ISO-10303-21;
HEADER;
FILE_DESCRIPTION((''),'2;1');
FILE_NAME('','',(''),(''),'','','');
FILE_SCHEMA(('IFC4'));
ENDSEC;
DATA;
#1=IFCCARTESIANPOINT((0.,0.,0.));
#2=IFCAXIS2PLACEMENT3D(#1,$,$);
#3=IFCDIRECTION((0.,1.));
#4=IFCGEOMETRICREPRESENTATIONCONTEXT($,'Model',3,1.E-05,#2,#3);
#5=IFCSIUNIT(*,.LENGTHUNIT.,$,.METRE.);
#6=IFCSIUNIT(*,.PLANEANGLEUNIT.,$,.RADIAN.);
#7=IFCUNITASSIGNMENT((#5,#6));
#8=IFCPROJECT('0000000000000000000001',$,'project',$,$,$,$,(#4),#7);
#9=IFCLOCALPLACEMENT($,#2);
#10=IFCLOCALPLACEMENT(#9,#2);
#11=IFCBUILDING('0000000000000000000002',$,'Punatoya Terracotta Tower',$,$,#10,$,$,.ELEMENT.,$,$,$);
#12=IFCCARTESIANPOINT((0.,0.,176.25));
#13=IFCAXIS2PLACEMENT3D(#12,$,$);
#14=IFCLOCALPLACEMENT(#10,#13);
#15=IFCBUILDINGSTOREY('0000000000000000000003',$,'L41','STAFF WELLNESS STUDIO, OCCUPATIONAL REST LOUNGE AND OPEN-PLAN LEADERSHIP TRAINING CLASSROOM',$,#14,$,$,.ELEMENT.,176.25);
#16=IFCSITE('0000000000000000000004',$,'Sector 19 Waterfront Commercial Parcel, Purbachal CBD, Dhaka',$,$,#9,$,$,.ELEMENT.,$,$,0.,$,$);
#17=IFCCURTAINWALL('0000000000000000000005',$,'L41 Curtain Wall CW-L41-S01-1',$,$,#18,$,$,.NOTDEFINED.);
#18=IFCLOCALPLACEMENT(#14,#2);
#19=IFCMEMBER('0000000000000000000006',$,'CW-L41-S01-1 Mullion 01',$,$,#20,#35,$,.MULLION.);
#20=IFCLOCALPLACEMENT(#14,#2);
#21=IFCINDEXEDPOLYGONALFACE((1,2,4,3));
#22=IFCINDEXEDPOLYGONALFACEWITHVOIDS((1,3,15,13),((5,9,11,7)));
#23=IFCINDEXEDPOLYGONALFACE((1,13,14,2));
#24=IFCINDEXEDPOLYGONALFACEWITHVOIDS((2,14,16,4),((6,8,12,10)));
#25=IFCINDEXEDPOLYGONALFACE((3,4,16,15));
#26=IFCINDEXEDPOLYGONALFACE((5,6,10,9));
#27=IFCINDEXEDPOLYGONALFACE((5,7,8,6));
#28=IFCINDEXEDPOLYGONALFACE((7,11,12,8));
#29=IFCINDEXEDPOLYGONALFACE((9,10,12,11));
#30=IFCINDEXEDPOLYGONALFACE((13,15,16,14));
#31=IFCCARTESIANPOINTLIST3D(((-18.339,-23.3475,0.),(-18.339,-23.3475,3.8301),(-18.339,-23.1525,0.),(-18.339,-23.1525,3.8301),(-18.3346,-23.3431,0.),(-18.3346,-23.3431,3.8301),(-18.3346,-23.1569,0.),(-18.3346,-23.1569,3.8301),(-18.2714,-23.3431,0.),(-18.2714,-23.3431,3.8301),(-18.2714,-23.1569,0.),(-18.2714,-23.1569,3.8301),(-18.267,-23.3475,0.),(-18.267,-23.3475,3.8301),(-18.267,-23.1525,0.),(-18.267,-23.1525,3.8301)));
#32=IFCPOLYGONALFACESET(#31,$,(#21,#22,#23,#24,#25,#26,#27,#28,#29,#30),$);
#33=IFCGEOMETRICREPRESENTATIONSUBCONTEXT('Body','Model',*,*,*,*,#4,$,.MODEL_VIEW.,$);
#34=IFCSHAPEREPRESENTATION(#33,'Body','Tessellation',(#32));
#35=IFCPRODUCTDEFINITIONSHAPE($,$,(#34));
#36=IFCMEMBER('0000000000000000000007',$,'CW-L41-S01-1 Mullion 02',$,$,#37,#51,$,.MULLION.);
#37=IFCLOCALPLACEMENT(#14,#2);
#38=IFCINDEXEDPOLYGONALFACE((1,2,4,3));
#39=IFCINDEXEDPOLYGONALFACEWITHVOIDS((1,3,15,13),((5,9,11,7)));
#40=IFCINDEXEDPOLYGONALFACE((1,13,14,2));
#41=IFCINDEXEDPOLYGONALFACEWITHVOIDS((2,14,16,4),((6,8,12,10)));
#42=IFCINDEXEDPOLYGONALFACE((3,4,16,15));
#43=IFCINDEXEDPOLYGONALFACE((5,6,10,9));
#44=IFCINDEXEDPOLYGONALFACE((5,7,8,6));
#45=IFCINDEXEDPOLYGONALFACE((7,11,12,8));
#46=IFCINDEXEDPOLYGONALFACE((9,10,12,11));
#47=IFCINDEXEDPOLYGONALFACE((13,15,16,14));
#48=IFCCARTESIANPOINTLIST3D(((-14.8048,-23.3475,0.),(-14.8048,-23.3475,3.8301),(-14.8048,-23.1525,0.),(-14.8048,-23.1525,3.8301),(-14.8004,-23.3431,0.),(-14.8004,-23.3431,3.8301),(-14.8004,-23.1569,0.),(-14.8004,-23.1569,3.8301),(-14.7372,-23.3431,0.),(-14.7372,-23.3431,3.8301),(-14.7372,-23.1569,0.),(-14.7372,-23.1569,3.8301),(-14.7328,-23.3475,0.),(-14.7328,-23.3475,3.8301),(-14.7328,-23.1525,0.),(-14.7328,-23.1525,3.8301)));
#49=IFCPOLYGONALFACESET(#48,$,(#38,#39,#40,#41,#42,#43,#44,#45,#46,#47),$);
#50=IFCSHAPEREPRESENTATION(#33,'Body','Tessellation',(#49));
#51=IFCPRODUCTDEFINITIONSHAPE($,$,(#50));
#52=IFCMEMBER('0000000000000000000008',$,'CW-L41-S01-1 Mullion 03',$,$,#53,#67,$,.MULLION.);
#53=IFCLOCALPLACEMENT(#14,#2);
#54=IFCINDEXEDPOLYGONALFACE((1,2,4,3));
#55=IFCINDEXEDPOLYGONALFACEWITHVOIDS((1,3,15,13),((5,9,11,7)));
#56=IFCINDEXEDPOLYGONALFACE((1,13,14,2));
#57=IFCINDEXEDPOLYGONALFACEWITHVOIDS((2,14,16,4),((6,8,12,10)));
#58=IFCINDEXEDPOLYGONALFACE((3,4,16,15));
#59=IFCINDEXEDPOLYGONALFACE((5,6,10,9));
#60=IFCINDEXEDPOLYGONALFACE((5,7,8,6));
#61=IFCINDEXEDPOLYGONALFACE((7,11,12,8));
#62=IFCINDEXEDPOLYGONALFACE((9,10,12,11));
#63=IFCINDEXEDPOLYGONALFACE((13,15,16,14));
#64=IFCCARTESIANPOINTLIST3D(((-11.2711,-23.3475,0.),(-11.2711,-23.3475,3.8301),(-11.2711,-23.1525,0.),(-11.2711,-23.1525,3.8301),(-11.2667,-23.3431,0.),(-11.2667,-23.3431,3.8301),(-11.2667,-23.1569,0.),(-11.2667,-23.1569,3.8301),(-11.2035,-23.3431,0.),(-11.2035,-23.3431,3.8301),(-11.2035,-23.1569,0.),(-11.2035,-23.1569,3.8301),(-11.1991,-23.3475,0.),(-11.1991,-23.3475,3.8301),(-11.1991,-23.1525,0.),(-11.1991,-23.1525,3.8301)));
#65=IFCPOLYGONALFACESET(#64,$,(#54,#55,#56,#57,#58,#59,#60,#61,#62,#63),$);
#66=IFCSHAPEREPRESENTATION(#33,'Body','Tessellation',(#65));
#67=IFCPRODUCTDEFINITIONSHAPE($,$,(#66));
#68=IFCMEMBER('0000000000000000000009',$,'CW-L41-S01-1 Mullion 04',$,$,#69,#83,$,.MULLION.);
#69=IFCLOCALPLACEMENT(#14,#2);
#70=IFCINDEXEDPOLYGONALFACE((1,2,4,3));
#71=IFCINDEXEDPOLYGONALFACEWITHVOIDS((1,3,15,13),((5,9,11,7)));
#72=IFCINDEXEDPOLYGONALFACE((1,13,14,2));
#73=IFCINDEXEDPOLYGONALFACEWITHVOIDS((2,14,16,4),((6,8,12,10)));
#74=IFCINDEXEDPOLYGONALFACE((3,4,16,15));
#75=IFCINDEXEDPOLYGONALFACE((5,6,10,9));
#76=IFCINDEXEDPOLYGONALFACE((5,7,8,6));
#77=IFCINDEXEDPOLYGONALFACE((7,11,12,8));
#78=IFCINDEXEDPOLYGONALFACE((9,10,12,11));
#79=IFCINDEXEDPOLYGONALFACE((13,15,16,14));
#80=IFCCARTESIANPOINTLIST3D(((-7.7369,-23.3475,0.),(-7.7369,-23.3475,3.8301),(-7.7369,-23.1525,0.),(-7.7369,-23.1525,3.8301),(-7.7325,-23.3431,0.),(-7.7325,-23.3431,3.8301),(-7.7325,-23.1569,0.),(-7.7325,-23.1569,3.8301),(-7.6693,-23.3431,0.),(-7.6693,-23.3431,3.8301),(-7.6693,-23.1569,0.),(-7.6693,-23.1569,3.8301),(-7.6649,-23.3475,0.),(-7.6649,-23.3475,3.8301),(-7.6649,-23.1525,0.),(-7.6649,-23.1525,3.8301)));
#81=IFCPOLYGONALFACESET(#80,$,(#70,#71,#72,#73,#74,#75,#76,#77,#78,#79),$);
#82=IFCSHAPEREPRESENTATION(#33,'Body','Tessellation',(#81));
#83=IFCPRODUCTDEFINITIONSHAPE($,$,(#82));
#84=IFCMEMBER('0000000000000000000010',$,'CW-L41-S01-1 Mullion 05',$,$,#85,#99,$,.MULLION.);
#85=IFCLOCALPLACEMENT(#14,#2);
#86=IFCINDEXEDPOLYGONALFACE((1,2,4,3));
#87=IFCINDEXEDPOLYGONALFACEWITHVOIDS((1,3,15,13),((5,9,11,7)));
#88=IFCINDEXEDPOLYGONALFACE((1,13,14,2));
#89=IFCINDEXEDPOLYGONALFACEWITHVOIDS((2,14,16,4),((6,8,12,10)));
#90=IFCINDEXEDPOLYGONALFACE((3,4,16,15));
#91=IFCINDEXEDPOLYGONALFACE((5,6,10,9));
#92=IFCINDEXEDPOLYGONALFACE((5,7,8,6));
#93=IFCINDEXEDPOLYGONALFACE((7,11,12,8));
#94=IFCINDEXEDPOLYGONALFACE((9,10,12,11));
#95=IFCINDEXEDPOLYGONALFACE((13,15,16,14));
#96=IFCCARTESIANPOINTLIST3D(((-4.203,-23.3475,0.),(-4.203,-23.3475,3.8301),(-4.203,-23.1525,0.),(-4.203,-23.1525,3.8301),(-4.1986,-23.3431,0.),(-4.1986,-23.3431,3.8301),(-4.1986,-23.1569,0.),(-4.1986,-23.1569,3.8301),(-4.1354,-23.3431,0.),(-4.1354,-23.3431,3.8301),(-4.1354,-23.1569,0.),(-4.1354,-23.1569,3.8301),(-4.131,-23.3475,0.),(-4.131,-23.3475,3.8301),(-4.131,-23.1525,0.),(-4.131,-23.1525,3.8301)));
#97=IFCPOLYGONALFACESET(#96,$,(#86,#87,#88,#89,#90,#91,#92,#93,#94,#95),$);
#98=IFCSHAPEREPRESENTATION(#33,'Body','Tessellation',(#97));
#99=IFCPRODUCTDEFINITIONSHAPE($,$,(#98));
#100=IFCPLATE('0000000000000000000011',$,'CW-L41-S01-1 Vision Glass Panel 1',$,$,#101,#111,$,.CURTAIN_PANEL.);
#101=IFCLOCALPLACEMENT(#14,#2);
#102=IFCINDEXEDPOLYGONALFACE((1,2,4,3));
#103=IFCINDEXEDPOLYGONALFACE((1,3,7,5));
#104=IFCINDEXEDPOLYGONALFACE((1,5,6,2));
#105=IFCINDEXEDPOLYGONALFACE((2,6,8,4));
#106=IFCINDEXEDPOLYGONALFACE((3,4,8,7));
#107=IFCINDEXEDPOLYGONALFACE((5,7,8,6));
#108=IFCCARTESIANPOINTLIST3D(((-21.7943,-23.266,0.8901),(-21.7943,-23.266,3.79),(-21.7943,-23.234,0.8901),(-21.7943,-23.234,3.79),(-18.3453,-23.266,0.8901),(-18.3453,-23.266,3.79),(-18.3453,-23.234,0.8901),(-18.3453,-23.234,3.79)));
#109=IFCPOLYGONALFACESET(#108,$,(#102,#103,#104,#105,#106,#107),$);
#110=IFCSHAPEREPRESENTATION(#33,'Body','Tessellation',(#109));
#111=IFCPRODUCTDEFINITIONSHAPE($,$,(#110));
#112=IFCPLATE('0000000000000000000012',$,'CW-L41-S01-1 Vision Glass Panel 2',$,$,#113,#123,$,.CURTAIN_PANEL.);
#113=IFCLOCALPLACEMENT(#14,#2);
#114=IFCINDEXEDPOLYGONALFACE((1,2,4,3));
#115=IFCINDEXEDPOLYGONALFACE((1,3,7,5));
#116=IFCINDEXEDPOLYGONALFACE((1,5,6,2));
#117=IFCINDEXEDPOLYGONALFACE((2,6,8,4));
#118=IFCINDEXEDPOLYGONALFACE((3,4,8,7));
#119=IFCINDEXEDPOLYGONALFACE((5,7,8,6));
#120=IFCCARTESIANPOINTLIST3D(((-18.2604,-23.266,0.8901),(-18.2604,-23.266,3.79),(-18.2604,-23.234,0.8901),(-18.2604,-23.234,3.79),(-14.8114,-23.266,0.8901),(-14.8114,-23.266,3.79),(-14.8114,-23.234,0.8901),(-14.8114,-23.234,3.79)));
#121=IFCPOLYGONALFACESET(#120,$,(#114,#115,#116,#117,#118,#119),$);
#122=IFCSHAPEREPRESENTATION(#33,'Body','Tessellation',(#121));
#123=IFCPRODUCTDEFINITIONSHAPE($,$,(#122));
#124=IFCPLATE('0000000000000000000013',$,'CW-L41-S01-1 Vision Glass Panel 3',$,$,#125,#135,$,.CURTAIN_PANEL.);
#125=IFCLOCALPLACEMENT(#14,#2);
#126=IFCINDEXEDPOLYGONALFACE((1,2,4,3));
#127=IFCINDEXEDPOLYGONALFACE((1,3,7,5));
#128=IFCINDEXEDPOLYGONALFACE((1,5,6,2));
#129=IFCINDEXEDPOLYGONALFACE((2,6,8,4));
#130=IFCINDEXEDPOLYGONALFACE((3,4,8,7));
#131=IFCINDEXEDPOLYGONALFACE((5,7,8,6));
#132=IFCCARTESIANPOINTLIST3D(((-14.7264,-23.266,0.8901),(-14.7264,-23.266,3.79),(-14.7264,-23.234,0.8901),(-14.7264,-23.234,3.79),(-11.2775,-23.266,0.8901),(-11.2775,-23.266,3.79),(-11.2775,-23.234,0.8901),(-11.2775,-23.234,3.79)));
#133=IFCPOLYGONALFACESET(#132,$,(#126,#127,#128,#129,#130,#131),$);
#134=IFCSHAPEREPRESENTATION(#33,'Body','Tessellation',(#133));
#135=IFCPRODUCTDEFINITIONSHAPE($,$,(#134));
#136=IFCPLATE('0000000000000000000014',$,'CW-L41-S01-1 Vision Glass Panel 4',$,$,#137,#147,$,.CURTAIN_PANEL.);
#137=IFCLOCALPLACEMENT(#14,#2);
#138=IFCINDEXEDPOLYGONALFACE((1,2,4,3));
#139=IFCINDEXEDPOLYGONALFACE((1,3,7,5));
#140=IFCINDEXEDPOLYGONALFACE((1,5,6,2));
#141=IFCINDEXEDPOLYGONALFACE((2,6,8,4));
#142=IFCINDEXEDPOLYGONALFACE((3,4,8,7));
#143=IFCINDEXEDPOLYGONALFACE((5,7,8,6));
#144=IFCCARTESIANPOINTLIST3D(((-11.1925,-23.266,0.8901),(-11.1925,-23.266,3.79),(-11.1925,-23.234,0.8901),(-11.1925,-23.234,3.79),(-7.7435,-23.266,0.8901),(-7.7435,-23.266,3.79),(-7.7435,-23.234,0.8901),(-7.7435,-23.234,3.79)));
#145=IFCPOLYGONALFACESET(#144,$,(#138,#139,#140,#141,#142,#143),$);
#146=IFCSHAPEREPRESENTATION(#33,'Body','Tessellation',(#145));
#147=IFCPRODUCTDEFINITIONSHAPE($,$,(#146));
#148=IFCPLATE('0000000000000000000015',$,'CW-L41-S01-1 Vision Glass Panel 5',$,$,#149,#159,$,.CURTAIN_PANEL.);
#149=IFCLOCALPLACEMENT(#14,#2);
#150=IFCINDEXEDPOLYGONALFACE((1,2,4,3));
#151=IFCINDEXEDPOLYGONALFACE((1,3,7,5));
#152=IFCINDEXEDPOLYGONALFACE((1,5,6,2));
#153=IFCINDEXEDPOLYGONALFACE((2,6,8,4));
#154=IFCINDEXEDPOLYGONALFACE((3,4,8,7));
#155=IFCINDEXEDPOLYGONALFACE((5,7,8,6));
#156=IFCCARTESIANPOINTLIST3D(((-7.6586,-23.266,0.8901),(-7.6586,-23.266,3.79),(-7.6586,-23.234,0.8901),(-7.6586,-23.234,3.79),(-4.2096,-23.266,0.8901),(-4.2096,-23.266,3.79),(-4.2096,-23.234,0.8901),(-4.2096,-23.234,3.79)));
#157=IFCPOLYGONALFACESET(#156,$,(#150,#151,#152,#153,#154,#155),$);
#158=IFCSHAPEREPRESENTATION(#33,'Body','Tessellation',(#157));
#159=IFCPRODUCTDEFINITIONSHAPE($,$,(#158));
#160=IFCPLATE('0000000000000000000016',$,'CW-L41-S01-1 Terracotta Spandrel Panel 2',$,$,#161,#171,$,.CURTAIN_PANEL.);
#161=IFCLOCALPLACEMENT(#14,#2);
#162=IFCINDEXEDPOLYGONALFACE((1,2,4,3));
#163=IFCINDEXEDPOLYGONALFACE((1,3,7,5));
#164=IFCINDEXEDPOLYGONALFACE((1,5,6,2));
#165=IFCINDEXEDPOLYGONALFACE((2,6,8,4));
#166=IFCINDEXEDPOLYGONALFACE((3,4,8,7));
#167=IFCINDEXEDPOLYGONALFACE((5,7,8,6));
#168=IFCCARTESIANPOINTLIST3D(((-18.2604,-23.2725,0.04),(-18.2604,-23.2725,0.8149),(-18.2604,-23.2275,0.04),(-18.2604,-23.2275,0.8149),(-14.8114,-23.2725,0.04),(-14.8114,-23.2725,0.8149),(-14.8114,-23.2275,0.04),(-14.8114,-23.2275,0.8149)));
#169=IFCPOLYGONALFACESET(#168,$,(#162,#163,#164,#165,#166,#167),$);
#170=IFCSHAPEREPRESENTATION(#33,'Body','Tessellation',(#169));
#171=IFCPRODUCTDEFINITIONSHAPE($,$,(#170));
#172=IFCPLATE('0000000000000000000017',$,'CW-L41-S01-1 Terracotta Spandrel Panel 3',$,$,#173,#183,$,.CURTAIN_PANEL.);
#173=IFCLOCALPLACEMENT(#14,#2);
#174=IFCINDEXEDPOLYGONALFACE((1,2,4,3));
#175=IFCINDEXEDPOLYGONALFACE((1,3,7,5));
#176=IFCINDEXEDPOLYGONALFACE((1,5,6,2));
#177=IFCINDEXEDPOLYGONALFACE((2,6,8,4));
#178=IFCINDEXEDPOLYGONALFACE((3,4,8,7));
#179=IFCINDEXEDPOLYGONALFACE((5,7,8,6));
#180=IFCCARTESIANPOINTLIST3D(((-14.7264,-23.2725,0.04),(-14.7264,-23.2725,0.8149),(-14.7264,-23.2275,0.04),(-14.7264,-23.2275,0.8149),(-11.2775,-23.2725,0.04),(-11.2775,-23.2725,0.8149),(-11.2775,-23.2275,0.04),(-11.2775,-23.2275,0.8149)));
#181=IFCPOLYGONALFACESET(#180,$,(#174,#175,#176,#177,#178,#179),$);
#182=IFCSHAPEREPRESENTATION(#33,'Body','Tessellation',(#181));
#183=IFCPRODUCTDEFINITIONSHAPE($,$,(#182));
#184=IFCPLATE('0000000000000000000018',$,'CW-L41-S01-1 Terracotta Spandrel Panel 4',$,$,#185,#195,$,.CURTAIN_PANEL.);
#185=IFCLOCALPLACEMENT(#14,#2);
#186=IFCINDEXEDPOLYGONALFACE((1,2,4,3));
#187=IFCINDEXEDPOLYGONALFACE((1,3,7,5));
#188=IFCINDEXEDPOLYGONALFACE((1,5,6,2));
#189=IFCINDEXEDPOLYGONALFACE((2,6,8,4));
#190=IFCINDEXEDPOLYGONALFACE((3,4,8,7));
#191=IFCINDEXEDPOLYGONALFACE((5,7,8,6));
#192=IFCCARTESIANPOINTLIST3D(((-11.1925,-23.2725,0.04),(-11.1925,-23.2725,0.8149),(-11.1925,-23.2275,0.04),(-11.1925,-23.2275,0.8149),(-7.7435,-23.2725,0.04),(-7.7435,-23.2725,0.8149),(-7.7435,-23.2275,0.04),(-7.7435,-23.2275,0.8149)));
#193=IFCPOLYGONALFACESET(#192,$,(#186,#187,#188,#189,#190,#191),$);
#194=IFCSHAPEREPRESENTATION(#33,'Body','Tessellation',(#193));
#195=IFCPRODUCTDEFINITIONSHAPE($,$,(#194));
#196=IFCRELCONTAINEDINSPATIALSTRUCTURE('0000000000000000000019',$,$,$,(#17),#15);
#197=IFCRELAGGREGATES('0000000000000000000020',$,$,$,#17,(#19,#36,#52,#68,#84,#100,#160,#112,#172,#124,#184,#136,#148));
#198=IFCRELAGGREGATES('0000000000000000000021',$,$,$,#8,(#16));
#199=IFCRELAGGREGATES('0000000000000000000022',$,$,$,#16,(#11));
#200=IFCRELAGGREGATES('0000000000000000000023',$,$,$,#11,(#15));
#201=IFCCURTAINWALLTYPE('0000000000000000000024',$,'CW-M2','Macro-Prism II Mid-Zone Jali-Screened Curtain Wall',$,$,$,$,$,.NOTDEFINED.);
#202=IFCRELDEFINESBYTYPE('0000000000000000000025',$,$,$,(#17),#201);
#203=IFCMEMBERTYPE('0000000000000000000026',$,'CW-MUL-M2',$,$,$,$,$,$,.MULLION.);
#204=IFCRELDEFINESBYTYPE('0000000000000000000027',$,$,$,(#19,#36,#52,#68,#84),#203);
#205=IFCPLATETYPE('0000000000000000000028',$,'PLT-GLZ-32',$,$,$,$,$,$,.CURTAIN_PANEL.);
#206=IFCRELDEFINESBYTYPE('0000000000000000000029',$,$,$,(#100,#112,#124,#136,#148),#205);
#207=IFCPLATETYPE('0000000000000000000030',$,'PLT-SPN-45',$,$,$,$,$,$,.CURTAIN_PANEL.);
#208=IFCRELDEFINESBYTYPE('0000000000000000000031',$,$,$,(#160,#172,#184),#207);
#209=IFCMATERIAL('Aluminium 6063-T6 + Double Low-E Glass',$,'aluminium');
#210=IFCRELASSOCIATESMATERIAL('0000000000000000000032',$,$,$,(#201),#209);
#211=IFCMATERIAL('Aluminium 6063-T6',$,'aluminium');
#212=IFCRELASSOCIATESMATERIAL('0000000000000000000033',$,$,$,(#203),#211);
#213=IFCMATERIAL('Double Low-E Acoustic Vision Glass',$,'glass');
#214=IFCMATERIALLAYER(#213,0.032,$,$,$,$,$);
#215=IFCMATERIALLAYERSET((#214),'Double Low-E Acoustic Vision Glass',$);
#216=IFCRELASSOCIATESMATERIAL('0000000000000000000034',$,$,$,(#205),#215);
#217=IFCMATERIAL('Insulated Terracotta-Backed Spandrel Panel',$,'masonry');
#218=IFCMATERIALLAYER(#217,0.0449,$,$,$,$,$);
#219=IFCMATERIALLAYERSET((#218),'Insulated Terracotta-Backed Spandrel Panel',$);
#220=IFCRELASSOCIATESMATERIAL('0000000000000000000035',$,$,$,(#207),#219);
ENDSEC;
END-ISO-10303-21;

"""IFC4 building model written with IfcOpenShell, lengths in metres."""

from ifc_helpers import new_model, si_unit, direction, frame, origin, origin_2d, place, context, subcontext, project, spatial, rectangle, hollow_rectangle, extrude, material, layer, layer_set, material_profile, profile_set, type_object, element, aggregate, save


model = new_model("IFC4")

# Units and contexts
model_context = context("Model", 3, precision=1e-05, world=origin(), true_north=direction((0.0, 1.0)))
body_context = subcontext(model_context, "Body", "Model", "MODEL_VIEW")
ifc_project = project(units=[si_unit("LENGTHUNIT", "METRE"), si_unit("PLANEANGLEUNIT", "RADIAN")], contexts=[model_context])

# Site, building, storey
site_placement = place(None, origin())
site = spatial("IfcSite", under=ifc_project, at=site_placement, Name="Sector 19 Waterfront Commercial Parcel, Purbachal CBD, Dhaka", CompositionType="ELEMENT", RefElevation=0.0)
building_placement = place(site_placement, origin())
building = spatial("IfcBuilding", under=site, at=building_placement, Name="Punatoya Terracotta Tower", CompositionType="ELEMENT")
storey_placement = place(building_placement, frame((0.0, 0.0, 176.25)))
storey = spatial("IfcBuildingStorey", under=building, at=storey_placement, Name="L41", Description="STAFF WELLNESS STUDIO, OCCUPATIONAL REST LOUNGE AND OPEN-PLAN LEADERSHIP TRAINING CLASSROOM", CompositionType="ELEMENT", Elevation=176.25)

# Curtain wall, members, plates
ifc_material_1 = material(Name="Aluminium 6063-T6 + Double Low-E Glass", Category="aluminium")
curtain_wall_type = type_object("IfcCurtainWallType", Name="CW-M2", Description="Macro-Prism II Mid-Zone Jali-Screened Curtain Wall", PredefinedType="NOTDEFINED", material=ifc_material_1)
curtain_wall_placement = place(storey_placement, origin())
curtain_wall = element("IfcCurtainWall", 1, at=curtain_wall_placement, inside=storey, type_object=curtain_wall_type, Name="L41 Curtain Wall CW-L41-S01-1", PredefinedType="NOTDEFINED")
ifc_material_2 = material(Name="Aluminium 6063-T6", Category="aluminium")
ifc_material_profile_1 = material_profile(ifc_material_2, hollow_rectangle(XDim=0.072, YDim=0.1951, WallThickness=0.0044, at=origin_2d()))
ifc_profile_set_1 = profile_set([ifc_material_profile_1], Name="Aluminium 6063-T6")
member_type = type_object("IfcMemberType", Name="CW-MUL-M2", PredefinedType="MULLION", material=ifc_profile_set_1)
member_1_placement = place(storey_placement, frame((-18.303, -23.25, 0.0), z_axis=(0.0, 0.0, 1.0), x_axis=(1.0, 0.0, 0.0)))
member_1 = element("IfcMember", 2, at=member_1_placement, type_object=member_type, Name="CW-L41-S01-1 Mullion 01", PredefinedType="MULLION", context=body_context, shape_type="SweptSolid", body=[
    extrude(hollow_rectangle(XDim=0.072, YDim=0.1951, WallThickness=0.0044, at=origin_2d()), origin(), (0.0, 0.0, 1.0), 3.8301),
])
member_2_placement = place(storey_placement, frame((-14.7688, -23.25, 0.0), z_axis=(0.0, 0.0, 1.0), x_axis=(1.0, 0.0, 0.0)))
member_2 = element("IfcMember", 3, at=member_2_placement, type_object=member_type, Name="CW-L41-S01-1 Mullion 02", PredefinedType="MULLION", context=body_context, shape_type="SweptSolid", body=[
    extrude(hollow_rectangle(XDim=0.072, YDim=0.1951, WallThickness=0.0044, at=origin_2d()), origin(), (0.0, 0.0, 1.0), 3.8301),
])
member_3_placement = place(storey_placement, frame((-11.2351, -23.25, 0.0), z_axis=(0.0, 0.0, 1.0), x_axis=(1.0, 0.0, 0.0)))
member_3 = element("IfcMember", 4, at=member_3_placement, type_object=member_type, Name="CW-L41-S01-1 Mullion 03", PredefinedType="MULLION", context=body_context, shape_type="SweptSolid", body=[
    extrude(hollow_rectangle(XDim=0.072, YDim=0.1951, WallThickness=0.0044, at=origin_2d()), origin(), (0.0, 0.0, 1.0), 3.8301),
])
member_4_placement = place(storey_placement, frame((-7.7009, -23.25, 0.0), z_axis=(0.0, 0.0, 1.0), x_axis=(1.0, 0.0, 0.0)))
member_4 = element("IfcMember", 5, at=member_4_placement, type_object=member_type, Name="CW-L41-S01-1 Mullion 04", PredefinedType="MULLION", context=body_context, shape_type="SweptSolid", body=[
    extrude(hollow_rectangle(XDim=0.072, YDim=0.1951, WallThickness=0.0044, at=origin_2d()), origin(), (0.0, 0.0, 1.0), 3.8301),
])
member_5_placement = place(storey_placement, frame((-4.167, -23.25, 0.0), z_axis=(0.0, 0.0, 1.0), x_axis=(1.0, 0.0, 0.0)))
member_5 = element("IfcMember", 6, at=member_5_placement, type_object=member_type, Name="CW-L41-S01-1 Mullion 05", PredefinedType="MULLION", context=body_context, shape_type="SweptSolid", body=[
    extrude(hollow_rectangle(XDim=0.072, YDim=0.1951, WallThickness=0.0044, at=origin_2d()), origin(), (0.0, 0.0, 1.0), 3.8301),
])
ifc_material_3 = material(Name="Double Low-E Acoustic Vision Glass", Category="glass")
ifc_layer_1 = layer(ifc_material_3, 0.032)
ifc_layer_set_1 = layer_set([ifc_layer_1], Name="Double Low-E Acoustic Vision Glass")
plate_type_1 = type_object("IfcPlateType", Name="PLT-GLZ-32", PredefinedType="CURTAIN_PANEL", material=ifc_layer_set_1)
plate_1_placement = place(storey_placement, frame((-20.0698, -23.25, 0.8901), z_axis=(0.0, 0.0, 1.0), x_axis=(1.0, 0.0, 0.0)))
plate_1 = element("IfcPlate", 7, at=plate_1_placement, type_object=plate_type_1, Name="CW-L41-S01-1 Vision Glass Panel 1", PredefinedType="CURTAIN_PANEL", context=body_context, shape_type="SweptSolid", body=[
    extrude(rectangle(XDim=3.449, YDim=0.032, at=origin_2d()), origin(), (0.0, 0.0, 1.0), 2.8999),
])
plate_2_placement = place(storey_placement, frame((-16.5359, -23.25, 0.8901), z_axis=(0.0, 0.0, 1.0), x_axis=(1.0, 0.0, 0.0)))
plate_2 = element("IfcPlate", 8, at=plate_2_placement, type_object=plate_type_1, Name="CW-L41-S01-1 Vision Glass Panel 2", PredefinedType="CURTAIN_PANEL", context=body_context, shape_type="SweptSolid", body=[
    extrude(rectangle(XDim=3.449, YDim=0.032, at=origin_2d()), origin(), (0.0, 0.0, 1.0), 2.8999),
])
plate_3_placement = place(storey_placement, frame((-13.002, -23.25, 0.8901), z_axis=(0.0, 0.0, 1.0), x_axis=(1.0, 0.0, 0.0)))
plate_3 = element("IfcPlate", 9, at=plate_3_placement, type_object=plate_type_1, Name="CW-L41-S01-1 Vision Glass Panel 3", PredefinedType="CURTAIN_PANEL", context=body_context, shape_type="SweptSolid", body=[
    extrude(rectangle(XDim=3.449, YDim=0.032, at=origin_2d()), origin(), (0.0, 0.0, 1.0), 2.8999),
])
plate_4_placement = place(storey_placement, frame((-9.468, -23.25, 0.8901), z_axis=(0.0, 0.0, 1.0), x_axis=(1.0, 0.0, 0.0)))
plate_4 = element("IfcPlate", 10, at=plate_4_placement, type_object=plate_type_1, Name="CW-L41-S01-1 Vision Glass Panel 4", PredefinedType="CURTAIN_PANEL", context=body_context, shape_type="SweptSolid", body=[
    extrude(rectangle(XDim=3.449, YDim=0.032, at=origin_2d()), origin(), (0.0, 0.0, 1.0), 2.8999),
])
plate_5_placement = place(storey_placement, frame((-5.9341, -23.25, 0.8901), z_axis=(0.0, 0.0, 1.0), x_axis=(1.0, 0.0, 0.0)))
plate_5 = element("IfcPlate", 11, at=plate_5_placement, type_object=plate_type_1, Name="CW-L41-S01-1 Vision Glass Panel 5", PredefinedType="CURTAIN_PANEL", context=body_context, shape_type="SweptSolid", body=[
    extrude(rectangle(XDim=3.449, YDim=0.032, at=origin_2d()), origin(), (0.0, 0.0, 1.0), 2.8999),
])
ifc_material_4 = material(Name="Insulated Terracotta-Backed Spandrel Panel", Category="masonry")
ifc_layer_2 = layer(ifc_material_4, 0.0449)
ifc_layer_set_2 = layer_set([ifc_layer_2], Name="Insulated Terracotta-Backed Spandrel Panel")
plate_type_2 = type_object("IfcPlateType", Name="PLT-SPN-45", PredefinedType="CURTAIN_PANEL", material=ifc_layer_set_2)
plate_6_placement = place(storey_placement, frame((-16.5359, -23.25, 0.04), z_axis=(0.0, 0.0, 1.0), x_axis=(1.0, 0.0, 0.0)))
plate_6 = element("IfcPlate", 12, at=plate_6_placement, type_object=plate_type_2, Name="CW-L41-S01-1 Terracotta Spandrel Panel 2", PredefinedType="CURTAIN_PANEL", context=body_context, shape_type="SweptSolid", body=[
    extrude(rectangle(XDim=3.449, YDim=0.0449, at=origin_2d()), origin(), (0.0, 0.0, 1.0), 0.7749),
])
plate_7_placement = place(storey_placement, frame((-13.002, -23.25, 0.04), z_axis=(0.0, 0.0, 1.0), x_axis=(1.0, 0.0, 0.0)))
plate_7 = element("IfcPlate", 13, at=plate_7_placement, type_object=plate_type_2, Name="CW-L41-S01-1 Terracotta Spandrel Panel 3", PredefinedType="CURTAIN_PANEL", context=body_context, shape_type="SweptSolid", body=[
    extrude(rectangle(XDim=3.449, YDim=0.0449, at=origin_2d()), origin(), (0.0, 0.0, 1.0), 0.7749),
])
plate_8_placement = place(storey_placement, frame((-9.468, -23.25, 0.04), z_axis=(0.0, 0.0, 1.0), x_axis=(1.0, 0.0, 0.0)))
plate_8 = element("IfcPlate", 14, at=plate_8_placement, type_object=plate_type_2, Name="CW-L41-S01-1 Terracotta Spandrel Panel 4", PredefinedType="CURTAIN_PANEL", context=body_context, shape_type="SweptSolid", body=[
    extrude(rectangle(XDim=3.449, YDim=0.0449, at=origin_2d()), origin(), (0.0, 0.0, 1.0), 0.7749),
])
aggregate(curtain_wall, [member_1, member_2, member_3, member_4, member_5, plate_1, plate_6, plate_2, plate_7, plate_3, plate_8, plate_4, plate_5])

save(model, "model.ifc")
